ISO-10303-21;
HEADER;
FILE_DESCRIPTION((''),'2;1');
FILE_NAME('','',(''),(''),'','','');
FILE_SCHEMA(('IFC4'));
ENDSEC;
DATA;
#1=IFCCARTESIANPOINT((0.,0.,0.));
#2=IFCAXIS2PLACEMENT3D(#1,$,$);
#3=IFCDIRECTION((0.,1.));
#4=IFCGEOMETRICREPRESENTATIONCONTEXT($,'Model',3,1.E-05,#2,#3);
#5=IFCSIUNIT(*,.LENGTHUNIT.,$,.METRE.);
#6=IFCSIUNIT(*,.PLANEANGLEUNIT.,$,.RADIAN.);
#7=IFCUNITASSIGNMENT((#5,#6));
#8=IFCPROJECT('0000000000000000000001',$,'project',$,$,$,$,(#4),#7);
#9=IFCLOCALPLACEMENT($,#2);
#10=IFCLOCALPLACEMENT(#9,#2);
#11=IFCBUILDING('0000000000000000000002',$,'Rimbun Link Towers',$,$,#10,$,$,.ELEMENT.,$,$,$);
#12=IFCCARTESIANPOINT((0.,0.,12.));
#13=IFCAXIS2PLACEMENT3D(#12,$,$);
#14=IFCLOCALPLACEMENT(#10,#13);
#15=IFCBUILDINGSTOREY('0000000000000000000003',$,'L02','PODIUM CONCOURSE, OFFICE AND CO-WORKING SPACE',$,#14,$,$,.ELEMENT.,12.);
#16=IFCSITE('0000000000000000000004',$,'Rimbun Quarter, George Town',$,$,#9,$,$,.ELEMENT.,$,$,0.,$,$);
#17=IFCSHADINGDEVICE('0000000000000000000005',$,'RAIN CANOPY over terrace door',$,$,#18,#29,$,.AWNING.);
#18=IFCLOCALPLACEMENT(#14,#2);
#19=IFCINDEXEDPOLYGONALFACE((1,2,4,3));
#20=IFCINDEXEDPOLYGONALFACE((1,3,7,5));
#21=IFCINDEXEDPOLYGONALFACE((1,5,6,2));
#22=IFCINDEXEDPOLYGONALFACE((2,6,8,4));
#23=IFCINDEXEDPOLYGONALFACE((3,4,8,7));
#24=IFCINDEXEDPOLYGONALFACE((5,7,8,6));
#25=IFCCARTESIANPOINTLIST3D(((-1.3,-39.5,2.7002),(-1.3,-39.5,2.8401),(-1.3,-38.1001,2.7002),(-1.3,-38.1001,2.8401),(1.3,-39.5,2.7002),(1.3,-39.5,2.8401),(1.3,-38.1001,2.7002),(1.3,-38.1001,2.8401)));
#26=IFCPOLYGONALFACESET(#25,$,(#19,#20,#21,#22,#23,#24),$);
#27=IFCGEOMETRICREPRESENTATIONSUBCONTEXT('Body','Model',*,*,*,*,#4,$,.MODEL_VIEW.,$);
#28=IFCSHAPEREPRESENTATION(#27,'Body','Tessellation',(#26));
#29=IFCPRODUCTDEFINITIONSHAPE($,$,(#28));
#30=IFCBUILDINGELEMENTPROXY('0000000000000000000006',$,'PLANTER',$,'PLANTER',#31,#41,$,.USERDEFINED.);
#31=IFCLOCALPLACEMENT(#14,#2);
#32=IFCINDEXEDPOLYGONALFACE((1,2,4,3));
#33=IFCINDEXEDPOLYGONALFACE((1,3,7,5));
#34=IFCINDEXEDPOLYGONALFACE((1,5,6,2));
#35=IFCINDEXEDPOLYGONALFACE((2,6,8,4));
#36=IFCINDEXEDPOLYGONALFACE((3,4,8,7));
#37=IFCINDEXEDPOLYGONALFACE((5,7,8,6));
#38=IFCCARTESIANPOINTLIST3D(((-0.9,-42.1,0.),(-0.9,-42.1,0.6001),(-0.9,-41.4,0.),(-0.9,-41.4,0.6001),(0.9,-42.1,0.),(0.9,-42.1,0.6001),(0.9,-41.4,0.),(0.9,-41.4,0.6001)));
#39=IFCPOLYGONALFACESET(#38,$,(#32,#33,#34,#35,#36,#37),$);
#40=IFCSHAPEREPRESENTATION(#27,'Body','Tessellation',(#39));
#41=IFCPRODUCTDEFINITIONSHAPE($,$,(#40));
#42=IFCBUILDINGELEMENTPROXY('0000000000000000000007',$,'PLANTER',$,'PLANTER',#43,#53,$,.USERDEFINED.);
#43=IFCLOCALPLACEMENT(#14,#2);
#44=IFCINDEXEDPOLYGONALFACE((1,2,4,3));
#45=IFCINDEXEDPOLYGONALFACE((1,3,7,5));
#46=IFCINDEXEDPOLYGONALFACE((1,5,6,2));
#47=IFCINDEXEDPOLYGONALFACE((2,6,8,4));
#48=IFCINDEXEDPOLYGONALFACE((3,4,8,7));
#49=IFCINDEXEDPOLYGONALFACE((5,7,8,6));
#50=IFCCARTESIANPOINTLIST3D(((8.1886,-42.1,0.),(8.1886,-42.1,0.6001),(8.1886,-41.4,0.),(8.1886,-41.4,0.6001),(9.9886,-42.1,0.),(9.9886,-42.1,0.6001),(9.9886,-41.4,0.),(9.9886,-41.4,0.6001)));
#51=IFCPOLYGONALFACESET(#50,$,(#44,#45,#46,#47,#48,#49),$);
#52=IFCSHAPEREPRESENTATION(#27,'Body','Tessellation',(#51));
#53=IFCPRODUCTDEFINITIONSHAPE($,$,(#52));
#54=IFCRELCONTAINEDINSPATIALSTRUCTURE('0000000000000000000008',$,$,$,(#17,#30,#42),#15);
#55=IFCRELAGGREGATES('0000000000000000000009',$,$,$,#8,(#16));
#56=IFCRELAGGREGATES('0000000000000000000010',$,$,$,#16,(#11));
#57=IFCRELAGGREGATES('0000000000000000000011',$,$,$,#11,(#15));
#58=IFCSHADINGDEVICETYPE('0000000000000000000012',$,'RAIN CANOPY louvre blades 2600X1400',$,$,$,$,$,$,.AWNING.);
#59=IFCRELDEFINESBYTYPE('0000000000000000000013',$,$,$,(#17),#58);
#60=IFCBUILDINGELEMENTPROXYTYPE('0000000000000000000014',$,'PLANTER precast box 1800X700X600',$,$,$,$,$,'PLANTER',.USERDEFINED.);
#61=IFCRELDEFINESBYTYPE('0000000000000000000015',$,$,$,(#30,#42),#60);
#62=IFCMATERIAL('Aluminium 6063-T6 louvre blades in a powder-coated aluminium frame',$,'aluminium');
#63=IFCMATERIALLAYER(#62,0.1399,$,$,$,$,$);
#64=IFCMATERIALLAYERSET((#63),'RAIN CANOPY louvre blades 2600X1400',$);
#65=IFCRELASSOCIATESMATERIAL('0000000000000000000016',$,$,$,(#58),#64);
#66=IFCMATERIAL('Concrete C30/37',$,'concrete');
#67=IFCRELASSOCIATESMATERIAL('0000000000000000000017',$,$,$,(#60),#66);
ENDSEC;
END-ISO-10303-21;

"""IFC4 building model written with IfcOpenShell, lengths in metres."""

from ifc_helpers import new_model, si_unit, direction, frame, origin, origin_2d, place, context, subcontext, project, spatial, rectangle, extrude, material, layer, layer_set, type_object, element, save


model = new_model("IFC4")

# Units and contexts
model_context = context("Model", 3, precision=1e-05, world=origin(), true_north=direction((0.0, 1.0)))
body_context = subcontext(model_context, "Body", "Model", "MODEL_VIEW")
ifc_project = project(units=[si_unit("LENGTHUNIT", "METRE"), si_unit("PLANEANGLEUNIT", "RADIAN")], contexts=[model_context])

# Site, building, storey
site_placement = place(None, origin())
site = spatial("IfcSite", under=ifc_project, at=site_placement, Name="Rimbun Quarter, George Town", CompositionType="ELEMENT", RefElevation=0.0)
building_placement = place(site_placement, origin())
building = spatial("IfcBuilding", under=site, at=building_placement, Name="Rimbun Link Towers", CompositionType="ELEMENT")
storey_placement = place(building_placement, frame((0.0, 0.0, 12.0)))
storey = spatial("IfcBuildingStorey", under=building, at=storey_placement, Name="L02", Description="PODIUM CONCOURSE, OFFICE AND CO-WORKING SPACE", CompositionType="ELEMENT", Elevation=12.0)

# Shading device
ifc_material_1 = material(Name="Aluminium 6063-T6 louvre blades in a powder-coated aluminium frame", Category="aluminium")
ifc_layer_1 = layer(ifc_material_1, 0.1399)
ifc_layer_set_1 = layer_set([ifc_layer_1], Name="RAIN CANOPY louvre blades 2600X1400")
shading_device_type = type_object("IfcShadingDeviceType", Name="RAIN CANOPY louvre blades 2600X1400", PredefinedType="AWNING", material=ifc_layer_set_1)
shading_device_placement = place(storey_placement, frame((0.0, -38.8, 2.7002), z_axis=(0.0, 0.0, 1.0), x_axis=(-1.0, 0.0, 0.0)))
element("IfcShadingDevice", 1, at=shading_device_placement, inside=storey, type_object=shading_device_type, Name="RAIN CANOPY over terrace door", PredefinedType="AWNING", context=body_context, shape_type="SweptSolid", body=[
    extrude(rectangle(XDim=2.6001, YDim=1.3999, at=origin_2d()), origin(), (0.0, 0.0, 1.0), 0.1399),
])

# Building element proxies
ifc_material_2 = material(Name="Concrete C30/37", Category="concrete")
building_element_proxy_type = type_object("IfcBuildingElementProxyType", Name="PLANTER precast box 1800X700X600", ElementType="PLANTER", PredefinedType="USERDEFINED", material=ifc_material_2)
for number, where, z_axis, x_axis, name in (
    (2, (0.0, -41.75, 0.0), (0.0, 0.0, 1.0), (1.0, 0.0, 0.0), "PLANTER"),
    (3, (9.0886, -41.75, 0.0), (0.0, 0.0, 1.0), (1.0, 0.0, 0.0), "PLANTER"),
):
    element("IfcBuildingElementProxy", number, at=place(storey_placement, frame(where, z_axis=z_axis, x_axis=x_axis)), inside=storey, type_object=building_element_proxy_type, Name=name, ObjectType="PLANTER", PredefinedType="USERDEFINED", context=body_context, shape_type="SweptSolid", body=[
        extrude(rectangle(XDim=1.8, YDim=0.7, at=origin_2d()), origin(), (0.0, 0.0, 1.0), 0.6001),
    ])

save(model, "model.ifc")
